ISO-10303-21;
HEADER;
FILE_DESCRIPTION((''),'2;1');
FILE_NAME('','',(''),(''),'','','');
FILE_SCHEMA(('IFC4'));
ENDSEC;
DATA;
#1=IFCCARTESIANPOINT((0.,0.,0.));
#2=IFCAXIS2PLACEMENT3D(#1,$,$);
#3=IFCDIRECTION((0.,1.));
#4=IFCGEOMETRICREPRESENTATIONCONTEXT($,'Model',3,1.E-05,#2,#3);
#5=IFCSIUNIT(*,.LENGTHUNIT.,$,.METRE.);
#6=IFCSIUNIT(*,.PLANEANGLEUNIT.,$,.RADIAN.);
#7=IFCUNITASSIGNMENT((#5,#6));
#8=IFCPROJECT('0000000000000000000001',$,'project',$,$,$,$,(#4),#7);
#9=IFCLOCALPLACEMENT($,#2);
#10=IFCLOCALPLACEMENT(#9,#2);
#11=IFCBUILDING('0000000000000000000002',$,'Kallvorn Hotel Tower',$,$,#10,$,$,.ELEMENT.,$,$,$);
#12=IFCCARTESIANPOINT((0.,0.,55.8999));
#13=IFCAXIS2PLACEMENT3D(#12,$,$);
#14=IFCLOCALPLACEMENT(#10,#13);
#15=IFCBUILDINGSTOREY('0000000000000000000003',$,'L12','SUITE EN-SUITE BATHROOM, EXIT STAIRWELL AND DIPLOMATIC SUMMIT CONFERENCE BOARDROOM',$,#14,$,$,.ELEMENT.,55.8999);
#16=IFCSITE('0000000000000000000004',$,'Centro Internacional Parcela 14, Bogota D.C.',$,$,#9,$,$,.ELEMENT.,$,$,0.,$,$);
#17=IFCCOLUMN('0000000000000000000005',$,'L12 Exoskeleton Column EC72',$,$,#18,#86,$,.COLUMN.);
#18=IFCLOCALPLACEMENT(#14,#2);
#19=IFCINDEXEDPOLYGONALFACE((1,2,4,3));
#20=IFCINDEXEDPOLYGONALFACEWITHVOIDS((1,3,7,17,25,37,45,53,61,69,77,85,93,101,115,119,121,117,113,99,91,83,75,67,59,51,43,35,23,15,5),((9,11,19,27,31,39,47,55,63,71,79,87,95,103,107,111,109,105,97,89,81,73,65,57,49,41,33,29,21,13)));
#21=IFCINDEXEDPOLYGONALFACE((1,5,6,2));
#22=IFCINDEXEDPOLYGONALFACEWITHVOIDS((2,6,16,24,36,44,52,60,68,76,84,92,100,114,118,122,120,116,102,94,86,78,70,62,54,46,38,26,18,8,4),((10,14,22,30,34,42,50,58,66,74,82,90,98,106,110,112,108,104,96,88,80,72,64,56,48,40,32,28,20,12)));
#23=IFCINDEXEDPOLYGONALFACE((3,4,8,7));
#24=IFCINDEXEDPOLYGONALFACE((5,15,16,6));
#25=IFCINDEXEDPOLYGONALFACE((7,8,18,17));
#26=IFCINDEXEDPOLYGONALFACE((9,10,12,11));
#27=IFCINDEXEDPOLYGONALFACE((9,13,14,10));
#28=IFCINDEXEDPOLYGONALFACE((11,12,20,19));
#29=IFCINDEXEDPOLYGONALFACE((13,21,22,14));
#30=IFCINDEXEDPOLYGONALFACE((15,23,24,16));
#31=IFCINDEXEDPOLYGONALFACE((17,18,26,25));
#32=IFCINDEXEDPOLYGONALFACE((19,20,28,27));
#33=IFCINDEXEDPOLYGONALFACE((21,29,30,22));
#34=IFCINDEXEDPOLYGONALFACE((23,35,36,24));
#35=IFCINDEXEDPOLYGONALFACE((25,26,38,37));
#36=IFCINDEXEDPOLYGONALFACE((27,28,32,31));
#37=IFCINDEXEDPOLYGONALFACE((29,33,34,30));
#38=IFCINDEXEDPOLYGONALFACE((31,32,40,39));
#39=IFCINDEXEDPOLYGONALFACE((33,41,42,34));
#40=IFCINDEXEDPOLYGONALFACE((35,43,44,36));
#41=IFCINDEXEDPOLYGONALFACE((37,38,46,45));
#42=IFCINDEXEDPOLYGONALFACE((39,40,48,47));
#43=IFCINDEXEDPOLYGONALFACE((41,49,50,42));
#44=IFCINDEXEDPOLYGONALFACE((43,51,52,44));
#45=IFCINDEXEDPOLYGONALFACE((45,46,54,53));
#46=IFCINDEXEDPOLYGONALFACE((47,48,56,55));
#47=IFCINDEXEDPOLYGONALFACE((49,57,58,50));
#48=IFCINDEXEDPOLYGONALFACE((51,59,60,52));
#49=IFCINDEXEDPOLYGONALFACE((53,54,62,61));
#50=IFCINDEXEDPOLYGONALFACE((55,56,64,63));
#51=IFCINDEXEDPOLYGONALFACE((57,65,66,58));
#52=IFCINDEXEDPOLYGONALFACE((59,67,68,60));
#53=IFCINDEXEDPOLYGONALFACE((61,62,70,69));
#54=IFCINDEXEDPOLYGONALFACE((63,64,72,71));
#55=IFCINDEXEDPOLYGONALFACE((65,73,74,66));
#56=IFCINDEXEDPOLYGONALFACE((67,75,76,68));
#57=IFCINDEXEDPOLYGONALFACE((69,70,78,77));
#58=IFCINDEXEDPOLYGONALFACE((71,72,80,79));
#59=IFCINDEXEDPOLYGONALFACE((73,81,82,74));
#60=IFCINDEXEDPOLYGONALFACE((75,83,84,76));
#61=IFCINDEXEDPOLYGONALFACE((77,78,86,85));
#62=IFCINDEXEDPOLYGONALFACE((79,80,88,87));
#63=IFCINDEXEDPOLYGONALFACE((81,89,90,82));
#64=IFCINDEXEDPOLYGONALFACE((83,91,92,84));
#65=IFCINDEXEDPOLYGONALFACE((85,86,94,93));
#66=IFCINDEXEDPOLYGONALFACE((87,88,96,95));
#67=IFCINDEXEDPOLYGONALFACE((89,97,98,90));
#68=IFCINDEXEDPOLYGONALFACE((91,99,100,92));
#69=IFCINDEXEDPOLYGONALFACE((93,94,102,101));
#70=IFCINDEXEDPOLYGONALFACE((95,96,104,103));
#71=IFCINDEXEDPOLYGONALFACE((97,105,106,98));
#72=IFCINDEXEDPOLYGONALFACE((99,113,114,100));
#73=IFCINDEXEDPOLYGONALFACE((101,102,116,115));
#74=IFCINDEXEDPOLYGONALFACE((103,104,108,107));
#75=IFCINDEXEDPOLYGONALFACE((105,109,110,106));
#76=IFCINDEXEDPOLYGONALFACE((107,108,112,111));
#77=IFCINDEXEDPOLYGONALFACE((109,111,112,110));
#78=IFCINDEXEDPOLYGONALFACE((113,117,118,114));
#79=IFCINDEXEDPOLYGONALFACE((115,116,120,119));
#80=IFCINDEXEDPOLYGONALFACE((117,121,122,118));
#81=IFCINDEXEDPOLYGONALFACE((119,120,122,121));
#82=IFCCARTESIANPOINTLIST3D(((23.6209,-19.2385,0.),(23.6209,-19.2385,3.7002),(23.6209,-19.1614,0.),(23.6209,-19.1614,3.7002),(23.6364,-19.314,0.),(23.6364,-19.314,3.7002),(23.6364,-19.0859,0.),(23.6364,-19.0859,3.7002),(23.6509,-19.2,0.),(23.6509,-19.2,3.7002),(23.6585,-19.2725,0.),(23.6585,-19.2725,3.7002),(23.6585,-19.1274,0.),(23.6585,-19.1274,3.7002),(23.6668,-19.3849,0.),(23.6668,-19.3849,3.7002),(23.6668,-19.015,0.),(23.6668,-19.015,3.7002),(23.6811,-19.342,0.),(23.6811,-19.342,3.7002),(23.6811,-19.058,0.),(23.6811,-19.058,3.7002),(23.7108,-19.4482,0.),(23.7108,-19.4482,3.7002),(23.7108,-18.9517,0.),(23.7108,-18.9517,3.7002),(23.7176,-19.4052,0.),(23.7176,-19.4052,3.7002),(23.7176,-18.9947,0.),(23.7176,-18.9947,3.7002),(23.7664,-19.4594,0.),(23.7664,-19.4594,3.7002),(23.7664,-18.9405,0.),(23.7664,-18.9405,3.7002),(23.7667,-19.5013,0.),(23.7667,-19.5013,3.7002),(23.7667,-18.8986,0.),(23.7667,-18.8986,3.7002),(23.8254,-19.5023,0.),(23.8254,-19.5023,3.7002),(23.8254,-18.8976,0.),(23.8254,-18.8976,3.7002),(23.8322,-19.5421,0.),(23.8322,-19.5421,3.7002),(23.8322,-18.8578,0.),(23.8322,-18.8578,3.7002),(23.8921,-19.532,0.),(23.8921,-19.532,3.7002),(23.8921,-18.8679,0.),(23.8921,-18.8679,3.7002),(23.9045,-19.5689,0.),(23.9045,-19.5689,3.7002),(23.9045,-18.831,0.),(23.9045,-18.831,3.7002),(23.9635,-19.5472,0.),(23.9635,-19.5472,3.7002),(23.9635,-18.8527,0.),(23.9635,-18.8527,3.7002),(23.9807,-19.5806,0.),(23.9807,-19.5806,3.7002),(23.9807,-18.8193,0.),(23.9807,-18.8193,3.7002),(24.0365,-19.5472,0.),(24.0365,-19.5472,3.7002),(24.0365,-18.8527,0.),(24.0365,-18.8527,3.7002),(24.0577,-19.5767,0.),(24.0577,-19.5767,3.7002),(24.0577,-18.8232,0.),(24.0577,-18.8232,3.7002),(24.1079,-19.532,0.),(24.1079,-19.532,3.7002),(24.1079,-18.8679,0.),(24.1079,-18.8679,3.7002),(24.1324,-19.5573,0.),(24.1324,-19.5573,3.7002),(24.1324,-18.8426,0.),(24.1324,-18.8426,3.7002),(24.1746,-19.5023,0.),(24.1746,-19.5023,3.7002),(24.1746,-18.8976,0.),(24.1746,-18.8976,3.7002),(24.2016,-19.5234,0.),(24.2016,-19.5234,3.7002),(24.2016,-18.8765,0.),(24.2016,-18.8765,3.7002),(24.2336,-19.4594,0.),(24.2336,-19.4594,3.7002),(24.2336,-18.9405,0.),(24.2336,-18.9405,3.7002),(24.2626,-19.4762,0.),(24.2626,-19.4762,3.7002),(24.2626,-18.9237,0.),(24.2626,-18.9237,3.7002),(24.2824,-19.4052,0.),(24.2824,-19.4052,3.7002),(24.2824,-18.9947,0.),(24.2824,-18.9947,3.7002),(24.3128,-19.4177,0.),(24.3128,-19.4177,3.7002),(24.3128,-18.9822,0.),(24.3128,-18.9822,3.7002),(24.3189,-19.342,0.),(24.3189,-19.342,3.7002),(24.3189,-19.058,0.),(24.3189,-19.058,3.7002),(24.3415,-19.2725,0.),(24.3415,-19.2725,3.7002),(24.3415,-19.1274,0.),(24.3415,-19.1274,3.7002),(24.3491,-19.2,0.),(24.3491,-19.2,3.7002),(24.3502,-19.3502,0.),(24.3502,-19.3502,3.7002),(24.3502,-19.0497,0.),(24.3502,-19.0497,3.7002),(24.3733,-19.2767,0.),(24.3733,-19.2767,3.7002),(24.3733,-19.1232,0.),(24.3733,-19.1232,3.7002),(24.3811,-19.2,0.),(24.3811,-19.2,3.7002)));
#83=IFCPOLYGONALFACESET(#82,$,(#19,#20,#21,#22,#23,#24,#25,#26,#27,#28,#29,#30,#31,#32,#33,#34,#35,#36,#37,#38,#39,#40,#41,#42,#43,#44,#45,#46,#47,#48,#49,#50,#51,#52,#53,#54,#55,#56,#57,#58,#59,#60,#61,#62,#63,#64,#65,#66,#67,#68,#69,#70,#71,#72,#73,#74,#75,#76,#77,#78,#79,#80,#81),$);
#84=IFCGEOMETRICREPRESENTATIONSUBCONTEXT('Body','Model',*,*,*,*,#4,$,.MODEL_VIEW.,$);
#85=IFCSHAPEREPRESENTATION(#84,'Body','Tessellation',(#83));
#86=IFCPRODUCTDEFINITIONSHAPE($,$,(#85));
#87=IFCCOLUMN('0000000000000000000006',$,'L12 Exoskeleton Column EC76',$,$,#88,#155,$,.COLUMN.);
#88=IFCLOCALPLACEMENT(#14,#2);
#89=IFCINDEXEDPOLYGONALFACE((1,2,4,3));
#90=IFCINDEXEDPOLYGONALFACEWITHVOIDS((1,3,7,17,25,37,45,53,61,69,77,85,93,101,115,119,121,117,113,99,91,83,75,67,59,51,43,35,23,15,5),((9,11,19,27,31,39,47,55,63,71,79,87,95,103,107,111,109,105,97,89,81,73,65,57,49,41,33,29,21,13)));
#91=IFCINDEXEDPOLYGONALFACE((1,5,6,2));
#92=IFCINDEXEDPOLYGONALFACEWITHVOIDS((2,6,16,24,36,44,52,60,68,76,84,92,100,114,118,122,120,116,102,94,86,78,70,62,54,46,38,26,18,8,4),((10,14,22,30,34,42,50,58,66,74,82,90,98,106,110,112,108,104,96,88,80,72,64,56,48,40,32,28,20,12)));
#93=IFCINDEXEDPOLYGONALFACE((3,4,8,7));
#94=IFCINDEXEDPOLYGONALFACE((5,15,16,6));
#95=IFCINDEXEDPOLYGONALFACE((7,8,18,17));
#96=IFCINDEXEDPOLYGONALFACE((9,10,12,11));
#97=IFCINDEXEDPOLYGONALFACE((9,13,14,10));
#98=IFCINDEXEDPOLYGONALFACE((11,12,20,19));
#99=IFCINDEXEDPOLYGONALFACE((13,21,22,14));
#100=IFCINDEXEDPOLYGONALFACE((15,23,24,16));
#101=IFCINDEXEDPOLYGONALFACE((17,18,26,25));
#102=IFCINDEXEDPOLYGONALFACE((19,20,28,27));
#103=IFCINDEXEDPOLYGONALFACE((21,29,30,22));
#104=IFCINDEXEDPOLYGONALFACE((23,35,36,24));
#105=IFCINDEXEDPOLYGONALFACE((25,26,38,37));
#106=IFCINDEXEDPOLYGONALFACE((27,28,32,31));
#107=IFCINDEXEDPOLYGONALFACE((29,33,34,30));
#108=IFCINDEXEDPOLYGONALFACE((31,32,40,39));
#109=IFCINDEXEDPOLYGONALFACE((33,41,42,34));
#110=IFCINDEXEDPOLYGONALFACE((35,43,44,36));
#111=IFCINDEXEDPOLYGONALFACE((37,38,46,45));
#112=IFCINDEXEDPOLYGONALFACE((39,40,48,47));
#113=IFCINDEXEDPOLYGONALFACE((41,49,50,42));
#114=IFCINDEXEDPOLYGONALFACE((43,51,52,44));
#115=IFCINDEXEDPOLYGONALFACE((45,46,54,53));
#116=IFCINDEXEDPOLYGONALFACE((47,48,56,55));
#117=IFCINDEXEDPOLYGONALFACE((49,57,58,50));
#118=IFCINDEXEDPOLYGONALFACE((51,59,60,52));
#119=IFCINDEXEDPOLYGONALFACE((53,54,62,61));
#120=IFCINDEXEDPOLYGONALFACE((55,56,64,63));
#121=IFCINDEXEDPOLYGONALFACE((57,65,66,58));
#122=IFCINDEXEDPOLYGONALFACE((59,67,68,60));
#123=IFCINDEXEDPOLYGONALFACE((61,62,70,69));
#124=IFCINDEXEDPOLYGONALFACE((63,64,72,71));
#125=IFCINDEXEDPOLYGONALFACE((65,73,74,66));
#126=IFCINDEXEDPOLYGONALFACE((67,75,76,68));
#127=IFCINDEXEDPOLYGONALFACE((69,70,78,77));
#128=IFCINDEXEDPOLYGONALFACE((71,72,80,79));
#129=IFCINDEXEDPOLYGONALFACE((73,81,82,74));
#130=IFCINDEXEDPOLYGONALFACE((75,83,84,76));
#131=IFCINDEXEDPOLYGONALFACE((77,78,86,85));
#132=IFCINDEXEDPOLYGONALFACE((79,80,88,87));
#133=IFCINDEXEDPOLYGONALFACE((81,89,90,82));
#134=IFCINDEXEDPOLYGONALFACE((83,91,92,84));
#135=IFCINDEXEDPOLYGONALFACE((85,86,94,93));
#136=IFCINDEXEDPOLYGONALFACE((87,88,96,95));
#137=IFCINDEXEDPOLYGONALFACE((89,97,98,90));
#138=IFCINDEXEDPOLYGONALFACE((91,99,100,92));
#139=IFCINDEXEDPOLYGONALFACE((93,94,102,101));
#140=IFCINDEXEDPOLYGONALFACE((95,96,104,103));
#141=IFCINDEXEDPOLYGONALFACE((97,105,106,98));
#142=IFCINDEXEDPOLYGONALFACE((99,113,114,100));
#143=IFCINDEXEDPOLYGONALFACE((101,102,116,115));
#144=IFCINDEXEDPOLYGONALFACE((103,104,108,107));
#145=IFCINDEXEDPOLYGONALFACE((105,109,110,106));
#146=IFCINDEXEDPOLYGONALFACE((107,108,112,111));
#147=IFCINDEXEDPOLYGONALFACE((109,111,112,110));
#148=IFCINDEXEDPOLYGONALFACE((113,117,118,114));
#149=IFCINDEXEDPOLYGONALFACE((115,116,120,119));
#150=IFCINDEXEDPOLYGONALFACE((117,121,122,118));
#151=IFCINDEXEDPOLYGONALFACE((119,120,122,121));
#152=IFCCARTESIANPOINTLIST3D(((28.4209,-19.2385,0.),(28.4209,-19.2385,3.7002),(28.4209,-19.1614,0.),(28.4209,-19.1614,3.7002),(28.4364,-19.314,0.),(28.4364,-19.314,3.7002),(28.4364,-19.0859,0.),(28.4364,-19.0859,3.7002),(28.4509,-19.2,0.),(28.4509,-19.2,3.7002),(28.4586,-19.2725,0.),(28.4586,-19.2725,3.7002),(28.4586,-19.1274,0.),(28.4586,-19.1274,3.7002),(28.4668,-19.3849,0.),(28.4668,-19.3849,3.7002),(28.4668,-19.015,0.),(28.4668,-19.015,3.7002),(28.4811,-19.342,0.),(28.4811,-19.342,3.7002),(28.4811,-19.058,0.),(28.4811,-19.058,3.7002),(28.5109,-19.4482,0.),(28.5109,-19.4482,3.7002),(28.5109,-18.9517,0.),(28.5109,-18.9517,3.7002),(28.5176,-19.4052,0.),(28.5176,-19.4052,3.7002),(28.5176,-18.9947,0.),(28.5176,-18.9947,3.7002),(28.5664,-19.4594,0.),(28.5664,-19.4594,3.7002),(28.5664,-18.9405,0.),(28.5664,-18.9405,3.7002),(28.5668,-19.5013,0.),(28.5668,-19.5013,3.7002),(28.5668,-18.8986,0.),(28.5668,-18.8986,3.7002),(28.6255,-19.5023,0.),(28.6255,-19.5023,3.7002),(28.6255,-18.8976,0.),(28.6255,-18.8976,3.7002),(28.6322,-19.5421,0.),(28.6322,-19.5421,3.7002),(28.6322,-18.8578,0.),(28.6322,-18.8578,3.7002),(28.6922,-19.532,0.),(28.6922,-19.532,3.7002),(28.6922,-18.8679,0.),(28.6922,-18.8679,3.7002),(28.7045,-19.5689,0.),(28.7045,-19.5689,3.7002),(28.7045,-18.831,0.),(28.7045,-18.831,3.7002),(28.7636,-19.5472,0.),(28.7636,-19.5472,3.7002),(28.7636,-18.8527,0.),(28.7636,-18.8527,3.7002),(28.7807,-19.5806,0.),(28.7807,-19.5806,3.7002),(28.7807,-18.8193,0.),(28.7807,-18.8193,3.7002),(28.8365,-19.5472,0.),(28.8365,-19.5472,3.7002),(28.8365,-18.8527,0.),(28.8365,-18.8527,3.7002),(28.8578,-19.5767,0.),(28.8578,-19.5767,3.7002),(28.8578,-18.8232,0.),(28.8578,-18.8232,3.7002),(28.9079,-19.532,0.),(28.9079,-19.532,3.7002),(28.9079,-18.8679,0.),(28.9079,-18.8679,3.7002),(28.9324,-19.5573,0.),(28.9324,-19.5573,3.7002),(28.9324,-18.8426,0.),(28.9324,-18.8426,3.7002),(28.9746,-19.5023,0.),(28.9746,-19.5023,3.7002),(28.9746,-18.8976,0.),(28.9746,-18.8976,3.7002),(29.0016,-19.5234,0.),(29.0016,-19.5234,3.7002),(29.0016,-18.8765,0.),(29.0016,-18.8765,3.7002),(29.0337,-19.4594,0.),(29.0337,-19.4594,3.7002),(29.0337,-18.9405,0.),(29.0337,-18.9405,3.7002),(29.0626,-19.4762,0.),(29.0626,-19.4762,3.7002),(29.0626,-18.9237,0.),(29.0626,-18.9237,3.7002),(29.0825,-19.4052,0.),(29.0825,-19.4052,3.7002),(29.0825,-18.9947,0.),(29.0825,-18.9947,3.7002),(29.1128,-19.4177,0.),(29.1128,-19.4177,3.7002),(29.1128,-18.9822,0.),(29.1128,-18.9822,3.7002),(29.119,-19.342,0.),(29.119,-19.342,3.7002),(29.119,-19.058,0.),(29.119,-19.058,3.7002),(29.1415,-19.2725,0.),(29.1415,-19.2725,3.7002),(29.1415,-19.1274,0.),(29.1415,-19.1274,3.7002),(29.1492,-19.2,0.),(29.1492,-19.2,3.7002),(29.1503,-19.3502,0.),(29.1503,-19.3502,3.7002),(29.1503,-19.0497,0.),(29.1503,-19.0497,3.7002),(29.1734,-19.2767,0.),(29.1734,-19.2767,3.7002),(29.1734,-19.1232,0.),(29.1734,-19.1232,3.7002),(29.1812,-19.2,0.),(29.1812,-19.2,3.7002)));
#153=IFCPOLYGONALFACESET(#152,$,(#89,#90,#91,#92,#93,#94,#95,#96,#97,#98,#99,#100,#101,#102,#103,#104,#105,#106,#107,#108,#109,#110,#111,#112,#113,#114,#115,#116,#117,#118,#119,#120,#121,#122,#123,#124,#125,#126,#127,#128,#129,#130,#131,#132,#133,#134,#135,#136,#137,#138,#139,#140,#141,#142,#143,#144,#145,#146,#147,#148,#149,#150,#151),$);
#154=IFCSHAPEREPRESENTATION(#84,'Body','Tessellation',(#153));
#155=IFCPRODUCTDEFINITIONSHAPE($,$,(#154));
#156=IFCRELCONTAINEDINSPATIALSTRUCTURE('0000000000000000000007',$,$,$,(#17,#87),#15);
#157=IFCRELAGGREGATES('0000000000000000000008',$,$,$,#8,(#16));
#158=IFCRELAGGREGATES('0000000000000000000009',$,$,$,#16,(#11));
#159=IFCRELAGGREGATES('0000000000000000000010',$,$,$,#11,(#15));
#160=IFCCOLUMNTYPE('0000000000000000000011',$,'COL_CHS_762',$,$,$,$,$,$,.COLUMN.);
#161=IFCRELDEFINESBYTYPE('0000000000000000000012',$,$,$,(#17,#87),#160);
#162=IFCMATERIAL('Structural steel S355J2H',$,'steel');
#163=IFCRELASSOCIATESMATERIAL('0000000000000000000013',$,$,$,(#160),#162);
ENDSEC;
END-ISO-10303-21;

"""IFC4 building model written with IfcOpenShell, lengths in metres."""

from ifc_helpers import new_model, si_unit, direction, frame, origin, origin_2d, place, context, subcontext, project, spatial, hollow_circle, extrude, material, material_profile, profile_set, type_object, element, save


model = new_model("IFC4")

# Units and contexts
model_context = context("Model", 3, precision=1e-05, world=origin(), true_north=direction((0.0, 1.0)))
body_context = subcontext(model_context, "Body", "Model", "MODEL_VIEW")
ifc_project = project(units=[si_unit("LENGTHUNIT", "METRE"), si_unit("PLANEANGLEUNIT", "RADIAN")], contexts=[model_context])

# Site, building, storey
site_placement = place(None, origin())
site = spatial("IfcSite", under=ifc_project, at=site_placement, Name="Centro Internacional Parcela 14, Bogota D.C.", CompositionType="ELEMENT", RefElevation=0.0)
building_placement = place(site_placement, origin())
building = spatial("IfcBuilding", under=site, at=building_placement, Name="Kallvorn Hotel Tower", CompositionType="ELEMENT")
storey_placement = place(building_placement, frame((0.0, 0.0, 55.8999)))
storey = spatial("IfcBuildingStorey", under=building, at=storey_placement, Name="L12", Description="SUITE EN-SUITE BATHROOM, EXIT STAIRWELL AND DIPLOMATIC SUMMIT CONFERENCE BOARDROOM", CompositionType="ELEMENT", Elevation=55.8999)

# Columns
ifc_material_1 = material(Name="Structural steel S355J2H", Category="steel")
ifc_material_profile_1 = material_profile(ifc_material_1, hollow_circle(Radius=0.3811, WallThickness=0.032, at=origin_2d()), Name="CHS 762x32")
ifc_profile_set_1 = profile_set([ifc_material_profile_1], Name="Structural steel S355J2H")
column_type_1 = type_object("IfcColumnType", Name="COL_CHS_762", PredefinedType="COLUMN", material=ifc_profile_set_1)
for number, where, z_axis, x_axis, name in (
    (1, (24.0, -19.2, 0.0), (0.0, 0.0, 1.0), (1.0, 0.0, 0.0), "L12 Exoskeleton Column EC72"),
    (2, (28.8, -19.2, 0.0), (0.0, 0.0, 1.0), (1.0, 0.0, 0.0), "L12 Exoskeleton Column EC76"),
):
    element("IfcColumn", number, at=place(storey_placement, frame(where, z_axis=z_axis, x_axis=x_axis)), inside=storey, type_object=column_type_1, Name=name, PredefinedType="COLUMN", context=body_context, shape_type="SweptSolid", body=[
        extrude(hollow_circle(Radius=0.3811, WallThickness=0.032, at=origin_2d()), origin(), (0.0, 0.0, 1.0), 3.7002),
    ])

save(model, "model.ifc")
